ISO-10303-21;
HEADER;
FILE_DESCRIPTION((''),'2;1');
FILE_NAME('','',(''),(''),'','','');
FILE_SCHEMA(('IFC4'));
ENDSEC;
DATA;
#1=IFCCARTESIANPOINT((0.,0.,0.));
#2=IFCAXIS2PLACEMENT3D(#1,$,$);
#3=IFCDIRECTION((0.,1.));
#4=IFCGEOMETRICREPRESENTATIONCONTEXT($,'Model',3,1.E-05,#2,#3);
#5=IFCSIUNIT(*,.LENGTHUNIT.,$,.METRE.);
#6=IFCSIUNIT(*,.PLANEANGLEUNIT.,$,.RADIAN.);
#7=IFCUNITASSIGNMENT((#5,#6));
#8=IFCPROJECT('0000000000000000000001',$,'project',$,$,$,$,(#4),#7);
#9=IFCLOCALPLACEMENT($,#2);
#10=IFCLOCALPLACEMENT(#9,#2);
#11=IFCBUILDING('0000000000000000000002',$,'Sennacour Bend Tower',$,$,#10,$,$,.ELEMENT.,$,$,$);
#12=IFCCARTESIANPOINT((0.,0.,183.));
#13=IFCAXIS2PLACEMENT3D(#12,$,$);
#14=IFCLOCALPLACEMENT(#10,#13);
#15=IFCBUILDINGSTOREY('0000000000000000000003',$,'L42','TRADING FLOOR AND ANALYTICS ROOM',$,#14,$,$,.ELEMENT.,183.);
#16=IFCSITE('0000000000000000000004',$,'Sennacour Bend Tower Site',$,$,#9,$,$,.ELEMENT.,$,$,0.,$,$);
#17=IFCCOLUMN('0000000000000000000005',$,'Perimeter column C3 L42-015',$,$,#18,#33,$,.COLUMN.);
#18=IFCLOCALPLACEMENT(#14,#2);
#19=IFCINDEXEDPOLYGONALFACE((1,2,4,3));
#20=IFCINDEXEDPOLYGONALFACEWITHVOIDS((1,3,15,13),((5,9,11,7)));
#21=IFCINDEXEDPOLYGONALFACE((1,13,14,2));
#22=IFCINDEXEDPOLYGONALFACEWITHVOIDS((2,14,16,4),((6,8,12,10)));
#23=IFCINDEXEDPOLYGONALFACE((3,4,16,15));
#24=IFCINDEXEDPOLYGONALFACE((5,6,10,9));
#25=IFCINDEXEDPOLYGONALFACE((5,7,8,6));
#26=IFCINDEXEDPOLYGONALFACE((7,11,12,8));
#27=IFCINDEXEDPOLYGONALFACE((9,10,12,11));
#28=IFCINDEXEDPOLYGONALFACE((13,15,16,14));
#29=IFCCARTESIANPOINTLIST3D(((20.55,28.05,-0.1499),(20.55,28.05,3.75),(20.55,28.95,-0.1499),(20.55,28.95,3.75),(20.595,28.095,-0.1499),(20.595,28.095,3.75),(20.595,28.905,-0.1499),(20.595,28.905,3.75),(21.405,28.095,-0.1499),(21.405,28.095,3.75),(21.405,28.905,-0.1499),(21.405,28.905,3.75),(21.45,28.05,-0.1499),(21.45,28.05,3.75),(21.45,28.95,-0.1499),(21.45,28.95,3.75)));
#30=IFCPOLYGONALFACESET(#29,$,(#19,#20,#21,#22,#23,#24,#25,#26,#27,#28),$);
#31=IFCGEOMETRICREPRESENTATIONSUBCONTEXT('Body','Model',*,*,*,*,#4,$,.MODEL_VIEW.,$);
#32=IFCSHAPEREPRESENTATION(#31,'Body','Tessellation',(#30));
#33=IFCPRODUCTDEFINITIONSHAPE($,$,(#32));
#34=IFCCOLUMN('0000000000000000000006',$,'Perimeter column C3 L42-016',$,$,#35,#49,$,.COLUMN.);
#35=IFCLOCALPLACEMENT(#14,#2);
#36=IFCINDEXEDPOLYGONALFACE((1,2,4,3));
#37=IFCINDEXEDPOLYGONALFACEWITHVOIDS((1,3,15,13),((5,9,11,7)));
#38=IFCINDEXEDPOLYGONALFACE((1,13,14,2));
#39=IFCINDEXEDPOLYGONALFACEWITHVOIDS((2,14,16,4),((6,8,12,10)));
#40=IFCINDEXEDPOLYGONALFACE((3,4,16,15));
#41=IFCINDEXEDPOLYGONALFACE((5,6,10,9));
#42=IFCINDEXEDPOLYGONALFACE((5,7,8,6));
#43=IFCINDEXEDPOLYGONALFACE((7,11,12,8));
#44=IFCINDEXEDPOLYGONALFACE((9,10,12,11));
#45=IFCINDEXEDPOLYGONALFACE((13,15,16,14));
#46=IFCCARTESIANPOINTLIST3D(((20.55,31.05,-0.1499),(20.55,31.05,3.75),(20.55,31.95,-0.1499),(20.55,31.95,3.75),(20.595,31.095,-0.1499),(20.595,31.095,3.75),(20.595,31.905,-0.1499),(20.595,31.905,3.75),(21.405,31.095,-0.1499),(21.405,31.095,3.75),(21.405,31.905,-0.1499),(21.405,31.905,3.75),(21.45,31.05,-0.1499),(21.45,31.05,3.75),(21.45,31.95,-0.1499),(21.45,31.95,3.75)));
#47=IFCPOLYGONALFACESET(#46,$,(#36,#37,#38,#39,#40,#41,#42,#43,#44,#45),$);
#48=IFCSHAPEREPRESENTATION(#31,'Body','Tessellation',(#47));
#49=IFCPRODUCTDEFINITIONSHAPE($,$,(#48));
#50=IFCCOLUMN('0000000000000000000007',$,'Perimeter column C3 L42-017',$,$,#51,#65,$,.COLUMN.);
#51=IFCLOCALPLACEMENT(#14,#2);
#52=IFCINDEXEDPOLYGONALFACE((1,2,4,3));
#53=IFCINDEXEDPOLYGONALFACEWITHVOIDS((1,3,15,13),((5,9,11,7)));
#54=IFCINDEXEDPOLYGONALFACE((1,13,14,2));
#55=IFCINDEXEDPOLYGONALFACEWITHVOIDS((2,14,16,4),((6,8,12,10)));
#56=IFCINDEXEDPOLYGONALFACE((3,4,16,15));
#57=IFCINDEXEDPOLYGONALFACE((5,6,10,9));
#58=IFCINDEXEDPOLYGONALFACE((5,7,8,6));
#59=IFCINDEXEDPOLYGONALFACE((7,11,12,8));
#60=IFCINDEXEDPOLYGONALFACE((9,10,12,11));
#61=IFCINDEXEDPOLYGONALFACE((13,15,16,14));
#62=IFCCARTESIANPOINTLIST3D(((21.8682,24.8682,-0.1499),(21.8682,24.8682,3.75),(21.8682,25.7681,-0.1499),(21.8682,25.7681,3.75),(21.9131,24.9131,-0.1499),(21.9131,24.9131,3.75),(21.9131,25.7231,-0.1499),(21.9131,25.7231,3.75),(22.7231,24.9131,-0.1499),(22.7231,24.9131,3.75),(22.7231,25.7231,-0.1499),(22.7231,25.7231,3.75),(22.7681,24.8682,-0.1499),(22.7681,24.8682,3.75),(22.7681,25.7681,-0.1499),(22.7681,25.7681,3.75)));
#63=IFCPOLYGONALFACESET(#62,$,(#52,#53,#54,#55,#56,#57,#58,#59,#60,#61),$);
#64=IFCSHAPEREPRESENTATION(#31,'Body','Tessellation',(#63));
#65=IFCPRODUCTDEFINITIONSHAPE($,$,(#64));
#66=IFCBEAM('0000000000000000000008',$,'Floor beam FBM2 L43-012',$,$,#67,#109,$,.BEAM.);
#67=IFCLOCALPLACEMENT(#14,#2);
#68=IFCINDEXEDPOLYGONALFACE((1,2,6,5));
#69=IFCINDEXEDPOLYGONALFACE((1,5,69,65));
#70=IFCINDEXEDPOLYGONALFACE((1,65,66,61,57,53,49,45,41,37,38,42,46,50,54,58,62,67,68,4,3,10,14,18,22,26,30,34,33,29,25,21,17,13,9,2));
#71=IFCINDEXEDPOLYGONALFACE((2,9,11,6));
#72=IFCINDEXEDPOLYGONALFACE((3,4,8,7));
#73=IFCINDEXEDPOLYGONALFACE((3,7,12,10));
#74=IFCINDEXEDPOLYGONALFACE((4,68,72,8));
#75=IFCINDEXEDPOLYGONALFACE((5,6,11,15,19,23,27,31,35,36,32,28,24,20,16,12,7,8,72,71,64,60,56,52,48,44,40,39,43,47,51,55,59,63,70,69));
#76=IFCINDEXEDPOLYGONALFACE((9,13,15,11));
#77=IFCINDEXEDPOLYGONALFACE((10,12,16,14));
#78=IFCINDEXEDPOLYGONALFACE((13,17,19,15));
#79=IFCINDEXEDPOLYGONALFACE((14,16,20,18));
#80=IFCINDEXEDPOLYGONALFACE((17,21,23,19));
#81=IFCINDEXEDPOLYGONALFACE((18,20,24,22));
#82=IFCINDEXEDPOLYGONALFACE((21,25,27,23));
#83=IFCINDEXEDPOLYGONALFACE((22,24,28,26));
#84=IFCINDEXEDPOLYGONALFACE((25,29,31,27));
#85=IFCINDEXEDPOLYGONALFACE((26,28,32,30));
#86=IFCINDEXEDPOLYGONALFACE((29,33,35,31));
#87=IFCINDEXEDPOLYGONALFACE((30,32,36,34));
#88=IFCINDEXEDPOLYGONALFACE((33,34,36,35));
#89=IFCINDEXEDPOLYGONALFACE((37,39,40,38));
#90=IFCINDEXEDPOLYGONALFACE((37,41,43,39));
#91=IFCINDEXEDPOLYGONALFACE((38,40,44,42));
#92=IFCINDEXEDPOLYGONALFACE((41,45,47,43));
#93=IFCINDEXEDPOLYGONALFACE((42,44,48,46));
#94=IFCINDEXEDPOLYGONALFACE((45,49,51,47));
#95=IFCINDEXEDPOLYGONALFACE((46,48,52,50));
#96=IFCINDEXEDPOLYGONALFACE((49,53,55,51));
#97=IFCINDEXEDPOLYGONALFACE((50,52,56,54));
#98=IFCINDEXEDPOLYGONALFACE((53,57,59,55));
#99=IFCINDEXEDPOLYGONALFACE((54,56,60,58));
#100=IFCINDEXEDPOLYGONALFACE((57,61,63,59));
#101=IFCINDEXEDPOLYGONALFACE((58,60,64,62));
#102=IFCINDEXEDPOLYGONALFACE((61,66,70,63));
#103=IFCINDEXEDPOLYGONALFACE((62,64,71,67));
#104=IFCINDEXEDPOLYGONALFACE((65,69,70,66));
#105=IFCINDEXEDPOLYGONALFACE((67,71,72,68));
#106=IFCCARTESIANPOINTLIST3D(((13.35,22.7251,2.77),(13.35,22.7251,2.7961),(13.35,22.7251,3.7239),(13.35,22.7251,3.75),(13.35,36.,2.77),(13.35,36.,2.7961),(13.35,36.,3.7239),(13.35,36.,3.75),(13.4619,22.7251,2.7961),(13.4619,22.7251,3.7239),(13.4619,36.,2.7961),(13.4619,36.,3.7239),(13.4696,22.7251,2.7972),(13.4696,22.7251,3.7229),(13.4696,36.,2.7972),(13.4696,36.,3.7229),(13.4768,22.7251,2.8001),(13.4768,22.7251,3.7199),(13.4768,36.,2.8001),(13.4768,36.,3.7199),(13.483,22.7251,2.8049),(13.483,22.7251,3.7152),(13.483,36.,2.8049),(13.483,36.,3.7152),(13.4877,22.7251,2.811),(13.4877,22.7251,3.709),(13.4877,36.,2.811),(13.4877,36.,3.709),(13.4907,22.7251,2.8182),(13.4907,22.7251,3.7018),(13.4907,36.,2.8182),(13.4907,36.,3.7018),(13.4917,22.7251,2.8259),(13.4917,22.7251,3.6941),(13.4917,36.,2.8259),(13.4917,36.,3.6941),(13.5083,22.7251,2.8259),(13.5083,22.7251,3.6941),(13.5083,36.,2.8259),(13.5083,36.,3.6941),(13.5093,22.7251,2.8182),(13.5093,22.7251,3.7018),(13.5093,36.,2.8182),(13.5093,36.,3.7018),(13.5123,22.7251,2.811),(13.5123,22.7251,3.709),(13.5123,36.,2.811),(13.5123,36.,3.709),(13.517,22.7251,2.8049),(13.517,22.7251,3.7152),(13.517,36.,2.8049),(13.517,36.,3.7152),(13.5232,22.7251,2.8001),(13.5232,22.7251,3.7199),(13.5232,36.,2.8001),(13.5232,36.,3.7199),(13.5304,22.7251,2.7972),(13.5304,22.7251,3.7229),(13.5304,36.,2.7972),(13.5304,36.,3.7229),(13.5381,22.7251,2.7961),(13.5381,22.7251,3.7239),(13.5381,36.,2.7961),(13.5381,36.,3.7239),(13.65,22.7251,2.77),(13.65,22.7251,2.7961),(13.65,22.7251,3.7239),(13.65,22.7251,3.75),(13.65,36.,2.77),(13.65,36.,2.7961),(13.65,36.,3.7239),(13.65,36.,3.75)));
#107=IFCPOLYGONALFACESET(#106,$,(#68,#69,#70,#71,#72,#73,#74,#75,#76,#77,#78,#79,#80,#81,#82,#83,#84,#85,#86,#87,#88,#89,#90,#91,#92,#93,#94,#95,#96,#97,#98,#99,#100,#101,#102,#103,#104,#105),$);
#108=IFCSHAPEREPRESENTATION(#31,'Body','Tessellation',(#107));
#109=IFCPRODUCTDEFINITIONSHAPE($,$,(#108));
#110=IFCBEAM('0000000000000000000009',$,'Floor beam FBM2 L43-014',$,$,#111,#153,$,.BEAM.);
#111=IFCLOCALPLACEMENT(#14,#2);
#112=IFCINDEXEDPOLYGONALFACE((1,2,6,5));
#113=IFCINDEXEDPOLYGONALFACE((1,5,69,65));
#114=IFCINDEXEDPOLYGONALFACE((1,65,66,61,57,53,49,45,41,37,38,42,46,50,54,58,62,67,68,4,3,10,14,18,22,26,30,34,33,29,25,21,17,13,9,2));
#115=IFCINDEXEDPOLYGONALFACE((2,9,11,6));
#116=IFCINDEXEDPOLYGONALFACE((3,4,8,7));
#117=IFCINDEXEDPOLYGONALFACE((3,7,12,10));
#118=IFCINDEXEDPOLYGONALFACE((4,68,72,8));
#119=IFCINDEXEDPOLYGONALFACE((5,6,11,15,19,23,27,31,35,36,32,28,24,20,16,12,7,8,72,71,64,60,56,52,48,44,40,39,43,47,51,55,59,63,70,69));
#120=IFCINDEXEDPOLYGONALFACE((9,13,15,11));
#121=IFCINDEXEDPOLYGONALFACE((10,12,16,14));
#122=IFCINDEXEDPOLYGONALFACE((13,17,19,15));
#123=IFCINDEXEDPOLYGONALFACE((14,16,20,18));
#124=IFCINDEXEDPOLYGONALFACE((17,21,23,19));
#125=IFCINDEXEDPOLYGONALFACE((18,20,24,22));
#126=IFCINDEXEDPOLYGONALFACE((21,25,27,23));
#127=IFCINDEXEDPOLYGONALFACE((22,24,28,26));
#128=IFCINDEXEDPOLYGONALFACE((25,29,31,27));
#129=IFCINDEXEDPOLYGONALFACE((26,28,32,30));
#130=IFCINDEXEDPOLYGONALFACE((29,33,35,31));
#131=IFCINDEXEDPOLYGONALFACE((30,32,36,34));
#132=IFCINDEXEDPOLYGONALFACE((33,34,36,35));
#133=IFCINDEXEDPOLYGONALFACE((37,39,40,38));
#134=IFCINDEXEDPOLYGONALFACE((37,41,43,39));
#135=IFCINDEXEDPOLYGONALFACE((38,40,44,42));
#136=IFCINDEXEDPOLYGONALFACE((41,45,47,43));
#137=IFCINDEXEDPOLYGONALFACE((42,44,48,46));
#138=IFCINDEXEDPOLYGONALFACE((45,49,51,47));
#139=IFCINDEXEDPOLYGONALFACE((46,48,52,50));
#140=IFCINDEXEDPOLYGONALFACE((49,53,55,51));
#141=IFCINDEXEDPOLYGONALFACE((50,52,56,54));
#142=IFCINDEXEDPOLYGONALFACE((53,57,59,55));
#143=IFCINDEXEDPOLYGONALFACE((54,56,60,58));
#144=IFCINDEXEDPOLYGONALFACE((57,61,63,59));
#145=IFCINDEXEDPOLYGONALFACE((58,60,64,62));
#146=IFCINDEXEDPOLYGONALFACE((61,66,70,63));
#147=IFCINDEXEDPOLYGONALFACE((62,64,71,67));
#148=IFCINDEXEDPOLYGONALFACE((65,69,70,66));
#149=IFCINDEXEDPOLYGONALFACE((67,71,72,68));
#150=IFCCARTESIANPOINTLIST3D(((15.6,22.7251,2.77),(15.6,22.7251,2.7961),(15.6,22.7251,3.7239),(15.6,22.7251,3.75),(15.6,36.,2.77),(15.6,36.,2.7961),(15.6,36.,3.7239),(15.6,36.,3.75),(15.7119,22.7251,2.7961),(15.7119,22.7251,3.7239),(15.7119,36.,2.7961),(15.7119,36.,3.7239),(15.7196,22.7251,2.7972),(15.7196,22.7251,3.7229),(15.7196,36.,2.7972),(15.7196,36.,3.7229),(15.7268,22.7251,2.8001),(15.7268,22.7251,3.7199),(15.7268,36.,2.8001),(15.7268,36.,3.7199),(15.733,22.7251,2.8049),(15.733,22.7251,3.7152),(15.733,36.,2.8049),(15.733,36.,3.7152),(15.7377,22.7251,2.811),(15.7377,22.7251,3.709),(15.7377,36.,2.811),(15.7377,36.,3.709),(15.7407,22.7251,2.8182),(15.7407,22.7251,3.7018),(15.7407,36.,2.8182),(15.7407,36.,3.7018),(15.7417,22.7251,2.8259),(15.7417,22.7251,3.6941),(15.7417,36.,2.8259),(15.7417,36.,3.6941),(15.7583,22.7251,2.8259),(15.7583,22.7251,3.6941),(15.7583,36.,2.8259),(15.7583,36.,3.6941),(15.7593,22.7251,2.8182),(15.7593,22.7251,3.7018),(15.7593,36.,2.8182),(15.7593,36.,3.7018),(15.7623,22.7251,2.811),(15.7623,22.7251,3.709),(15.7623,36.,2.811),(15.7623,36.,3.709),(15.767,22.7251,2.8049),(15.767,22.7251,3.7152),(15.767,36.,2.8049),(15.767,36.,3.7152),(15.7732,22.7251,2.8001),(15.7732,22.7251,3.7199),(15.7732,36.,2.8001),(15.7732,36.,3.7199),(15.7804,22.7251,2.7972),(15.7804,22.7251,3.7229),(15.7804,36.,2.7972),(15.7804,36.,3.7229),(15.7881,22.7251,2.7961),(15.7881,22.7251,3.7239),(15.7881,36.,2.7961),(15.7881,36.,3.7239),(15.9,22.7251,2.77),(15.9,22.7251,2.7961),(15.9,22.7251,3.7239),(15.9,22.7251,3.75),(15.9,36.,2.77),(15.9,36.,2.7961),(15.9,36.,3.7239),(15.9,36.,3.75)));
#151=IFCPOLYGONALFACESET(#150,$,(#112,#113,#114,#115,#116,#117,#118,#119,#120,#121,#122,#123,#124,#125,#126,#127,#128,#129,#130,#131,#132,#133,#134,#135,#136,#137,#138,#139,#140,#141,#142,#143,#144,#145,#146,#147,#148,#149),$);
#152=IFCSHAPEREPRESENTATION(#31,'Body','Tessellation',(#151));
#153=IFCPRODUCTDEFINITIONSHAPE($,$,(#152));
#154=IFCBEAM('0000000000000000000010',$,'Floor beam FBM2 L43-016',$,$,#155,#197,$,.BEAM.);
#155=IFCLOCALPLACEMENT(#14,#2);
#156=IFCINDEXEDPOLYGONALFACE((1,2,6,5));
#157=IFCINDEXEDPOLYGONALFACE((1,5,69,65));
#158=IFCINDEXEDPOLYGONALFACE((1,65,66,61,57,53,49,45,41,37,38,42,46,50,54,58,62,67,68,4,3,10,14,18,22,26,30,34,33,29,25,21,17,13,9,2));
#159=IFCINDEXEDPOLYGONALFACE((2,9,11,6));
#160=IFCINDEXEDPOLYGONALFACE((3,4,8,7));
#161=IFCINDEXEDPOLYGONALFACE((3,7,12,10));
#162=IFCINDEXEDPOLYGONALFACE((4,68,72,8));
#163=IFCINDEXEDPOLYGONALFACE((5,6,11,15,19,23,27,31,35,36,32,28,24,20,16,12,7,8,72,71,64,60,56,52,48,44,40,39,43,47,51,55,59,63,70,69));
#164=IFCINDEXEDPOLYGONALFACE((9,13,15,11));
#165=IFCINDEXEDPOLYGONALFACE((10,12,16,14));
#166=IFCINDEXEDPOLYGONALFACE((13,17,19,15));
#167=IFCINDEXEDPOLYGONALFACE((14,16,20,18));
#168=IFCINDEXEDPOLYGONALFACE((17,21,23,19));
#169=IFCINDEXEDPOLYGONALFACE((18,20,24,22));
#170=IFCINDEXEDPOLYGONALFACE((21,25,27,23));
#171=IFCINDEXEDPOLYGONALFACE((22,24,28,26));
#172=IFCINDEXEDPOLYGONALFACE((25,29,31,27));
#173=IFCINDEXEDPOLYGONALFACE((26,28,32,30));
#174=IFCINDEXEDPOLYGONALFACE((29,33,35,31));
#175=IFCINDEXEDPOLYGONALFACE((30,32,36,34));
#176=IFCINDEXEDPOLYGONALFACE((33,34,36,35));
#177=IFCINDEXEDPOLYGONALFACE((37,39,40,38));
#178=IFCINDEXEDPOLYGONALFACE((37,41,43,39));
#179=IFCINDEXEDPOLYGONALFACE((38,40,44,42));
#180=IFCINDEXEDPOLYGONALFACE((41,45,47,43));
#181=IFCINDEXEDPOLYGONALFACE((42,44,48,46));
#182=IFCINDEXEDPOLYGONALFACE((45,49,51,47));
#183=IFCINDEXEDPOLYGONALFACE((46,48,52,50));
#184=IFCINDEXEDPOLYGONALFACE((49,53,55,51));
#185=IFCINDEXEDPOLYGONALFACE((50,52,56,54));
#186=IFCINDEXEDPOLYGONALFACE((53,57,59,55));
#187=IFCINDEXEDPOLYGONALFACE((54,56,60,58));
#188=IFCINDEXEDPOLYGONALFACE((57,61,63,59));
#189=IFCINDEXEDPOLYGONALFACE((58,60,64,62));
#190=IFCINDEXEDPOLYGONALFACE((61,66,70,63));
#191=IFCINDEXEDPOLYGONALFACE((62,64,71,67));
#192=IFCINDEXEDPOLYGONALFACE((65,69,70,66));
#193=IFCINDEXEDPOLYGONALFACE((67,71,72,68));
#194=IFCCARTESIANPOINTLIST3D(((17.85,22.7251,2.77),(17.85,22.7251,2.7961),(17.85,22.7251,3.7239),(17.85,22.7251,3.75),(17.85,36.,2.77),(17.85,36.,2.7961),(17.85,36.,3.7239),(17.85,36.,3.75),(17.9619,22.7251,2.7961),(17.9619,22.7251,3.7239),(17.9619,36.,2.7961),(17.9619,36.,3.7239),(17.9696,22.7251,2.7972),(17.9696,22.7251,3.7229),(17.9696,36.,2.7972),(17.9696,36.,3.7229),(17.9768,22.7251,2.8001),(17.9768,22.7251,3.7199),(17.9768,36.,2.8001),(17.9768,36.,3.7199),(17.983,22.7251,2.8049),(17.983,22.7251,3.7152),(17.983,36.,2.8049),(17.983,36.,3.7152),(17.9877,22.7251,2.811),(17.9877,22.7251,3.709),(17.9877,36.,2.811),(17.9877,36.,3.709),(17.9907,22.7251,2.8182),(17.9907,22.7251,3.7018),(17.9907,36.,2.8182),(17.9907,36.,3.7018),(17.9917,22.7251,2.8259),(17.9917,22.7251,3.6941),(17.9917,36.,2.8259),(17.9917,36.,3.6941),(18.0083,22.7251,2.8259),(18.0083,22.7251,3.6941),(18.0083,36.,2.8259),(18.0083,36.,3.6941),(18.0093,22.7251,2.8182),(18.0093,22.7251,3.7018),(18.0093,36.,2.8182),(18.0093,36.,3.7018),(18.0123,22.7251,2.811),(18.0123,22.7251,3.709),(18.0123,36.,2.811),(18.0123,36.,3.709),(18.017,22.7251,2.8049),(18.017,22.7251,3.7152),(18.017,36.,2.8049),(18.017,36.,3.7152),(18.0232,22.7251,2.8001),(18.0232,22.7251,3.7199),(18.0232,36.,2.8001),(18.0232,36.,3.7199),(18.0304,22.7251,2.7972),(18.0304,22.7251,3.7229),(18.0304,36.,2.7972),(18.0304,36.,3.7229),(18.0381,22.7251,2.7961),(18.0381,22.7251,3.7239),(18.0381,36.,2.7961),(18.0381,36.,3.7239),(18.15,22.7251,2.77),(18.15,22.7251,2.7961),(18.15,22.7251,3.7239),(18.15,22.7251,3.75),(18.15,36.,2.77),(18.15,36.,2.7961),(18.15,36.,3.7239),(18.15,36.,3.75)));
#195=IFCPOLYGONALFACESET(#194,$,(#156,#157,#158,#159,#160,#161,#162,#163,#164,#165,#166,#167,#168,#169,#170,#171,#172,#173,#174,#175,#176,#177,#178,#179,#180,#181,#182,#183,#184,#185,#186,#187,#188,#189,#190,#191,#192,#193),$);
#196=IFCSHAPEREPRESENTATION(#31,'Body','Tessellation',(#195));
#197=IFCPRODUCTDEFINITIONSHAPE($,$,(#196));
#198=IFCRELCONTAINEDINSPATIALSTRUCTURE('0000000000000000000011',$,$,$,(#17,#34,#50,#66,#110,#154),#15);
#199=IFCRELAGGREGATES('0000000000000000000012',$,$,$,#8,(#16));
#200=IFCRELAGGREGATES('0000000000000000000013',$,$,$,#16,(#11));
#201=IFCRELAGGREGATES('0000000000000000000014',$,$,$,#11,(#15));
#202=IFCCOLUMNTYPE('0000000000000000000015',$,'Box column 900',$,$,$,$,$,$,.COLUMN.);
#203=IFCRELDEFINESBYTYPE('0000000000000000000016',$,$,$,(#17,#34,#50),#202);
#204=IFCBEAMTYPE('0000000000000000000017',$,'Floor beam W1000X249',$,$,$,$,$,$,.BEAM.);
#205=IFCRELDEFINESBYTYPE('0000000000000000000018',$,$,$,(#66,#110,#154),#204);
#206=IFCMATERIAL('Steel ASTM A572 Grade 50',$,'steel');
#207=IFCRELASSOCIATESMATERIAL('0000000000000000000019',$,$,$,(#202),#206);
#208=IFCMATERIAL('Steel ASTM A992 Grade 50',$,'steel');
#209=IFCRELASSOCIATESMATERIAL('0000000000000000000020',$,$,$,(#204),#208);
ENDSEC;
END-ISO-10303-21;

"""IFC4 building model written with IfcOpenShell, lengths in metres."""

from ifc_helpers import new_model, si_unit, direction, frame, origin, origin_2d, place, context, subcontext, project, spatial, hollow_rectangle, i_section, extrude, material, material_profile, profile_set, type_object, element, save


model = new_model("IFC4")

# Units and contexts
model_context = context("Model", 3, precision=1e-05, world=origin(), true_north=direction((0.0, 1.0)))
body_context = subcontext(model_context, "Body", "Model", "MODEL_VIEW")
ifc_project = project(units=[si_unit("LENGTHUNIT", "METRE"), si_unit("PLANEANGLEUNIT", "RADIAN")], contexts=[model_context])

# Site, building, storey
site_placement = place(None, origin())
site = spatial("IfcSite", under=ifc_project, at=site_placement, Name="Sennacour Bend Tower Site", CompositionType="ELEMENT", RefElevation=0.0)
building_placement = place(site_placement, origin())
building = spatial("IfcBuilding", under=site, at=building_placement, Name="Sennacour Bend Tower", CompositionType="ELEMENT")
storey_placement = place(building_placement, frame((0.0, 0.0, 183.0)))
storey = spatial("IfcBuildingStorey", under=building, at=storey_placement, Name="L42", Description="TRADING FLOOR AND ANALYTICS ROOM", CompositionType="ELEMENT", Elevation=183.0)

# Columns
ifc_material_1 = material(Name="Steel ASTM A572 Grade 50", Category="steel")
ifc_material_profile_1 = material_profile(ifc_material_1, hollow_rectangle(XDim=0.8999, YDim=0.8999, WallThickness=0.0449, at=origin_2d()), Name="Steel ASTM A572 Grade 50", Category="steel")
ifc_profile_set_1 = profile_set([ifc_material_profile_1], Name="Steel ASTM A572 Grade 50")
column_type = type_object("IfcColumnType", Name="Box column 900", PredefinedType="COLUMN", material=ifc_profile_set_1)
for number, where, z_axis, x_axis, name in (
    (1, (21.0, 28.5, -0.1499), (0.0, 0.0, 1.0), (1.0, 0.0, 0.0), "Perimeter column C3 L42-015"),
    (2, (21.0, 31.5, -0.1499), (0.0, 0.0, 1.0), (1.0, 0.0, 0.0), "Perimeter column C3 L42-016"),
    (3, (22.3181, 25.3181, -0.1499), (0.0, 0.0, 1.0), (1.0, 0.0, 0.0), "Perimeter column C3 L42-017"),
):
    element("IfcColumn", number, at=place(storey_placement, frame(where, z_axis=z_axis, x_axis=x_axis)), inside=storey, type_object=column_type, Name=name, PredefinedType="COLUMN", context=body_context, shape_type="SweptSolid", body=[
        extrude(hollow_rectangle(XDim=0.8999, YDim=0.8999, WallThickness=0.0449, at=origin_2d()), origin(), (0.0, 0.0, 1.0), 3.8999),
    ])

# Beams
ifc_material_2 = material(Name="Steel ASTM A992 Grade 50", Category="steel")
ifc_material_profile_2 = material_profile(ifc_material_2, i_section(OverallWidth=0.3, OverallDepth=0.98, WebThickness=0.0166, FlangeThickness=0.0261, FilletRadius=0.0298, at=origin_2d()), Name="Steel ASTM A992 Grade 50", Category="steel")
ifc_profile_set_2 = profile_set([ifc_material_profile_2], Name="Steel ASTM A992 Grade 50")
beam_type_1 = type_object("IfcBeamType", Name="Floor beam W1000X249", PredefinedType="BEAM", material=ifc_profile_set_2)
for number, where, z_axis, x_axis, name in (
    (4, (13.5, 22.7251, 3.26), (0.0, 1.0, 0.0), (-1.0, 0.0, 0.0), "Floor beam FBM2 L43-012"),
    (5, (15.75, 22.7251, 3.26), (0.0, 1.0, 0.0), (-1.0, 0.0, 0.0), "Floor beam FBM2 L43-014"),
    (6, (18.0, 22.7251, 3.26), (0.0, 1.0, 0.0), (-1.0, 0.0, 0.0), "Floor beam FBM2 L43-016"),
):
    element("IfcBeam", number, at=place(storey_placement, frame(where, z_axis=z_axis, x_axis=x_axis)), inside=storey, type_object=beam_type_1, Name=name, PredefinedType="BEAM", context=body_context, shape_type="SweptSolid", body=[
        extrude(i_section(OverallWidth=0.3, OverallDepth=0.98, WebThickness=0.0166, FlangeThickness=0.0261, FilletRadius=0.0298, at=origin_2d()), origin(), (0.0, 0.0, 1.0), 13.2749),
    ])

save(model, "model.ifc")
